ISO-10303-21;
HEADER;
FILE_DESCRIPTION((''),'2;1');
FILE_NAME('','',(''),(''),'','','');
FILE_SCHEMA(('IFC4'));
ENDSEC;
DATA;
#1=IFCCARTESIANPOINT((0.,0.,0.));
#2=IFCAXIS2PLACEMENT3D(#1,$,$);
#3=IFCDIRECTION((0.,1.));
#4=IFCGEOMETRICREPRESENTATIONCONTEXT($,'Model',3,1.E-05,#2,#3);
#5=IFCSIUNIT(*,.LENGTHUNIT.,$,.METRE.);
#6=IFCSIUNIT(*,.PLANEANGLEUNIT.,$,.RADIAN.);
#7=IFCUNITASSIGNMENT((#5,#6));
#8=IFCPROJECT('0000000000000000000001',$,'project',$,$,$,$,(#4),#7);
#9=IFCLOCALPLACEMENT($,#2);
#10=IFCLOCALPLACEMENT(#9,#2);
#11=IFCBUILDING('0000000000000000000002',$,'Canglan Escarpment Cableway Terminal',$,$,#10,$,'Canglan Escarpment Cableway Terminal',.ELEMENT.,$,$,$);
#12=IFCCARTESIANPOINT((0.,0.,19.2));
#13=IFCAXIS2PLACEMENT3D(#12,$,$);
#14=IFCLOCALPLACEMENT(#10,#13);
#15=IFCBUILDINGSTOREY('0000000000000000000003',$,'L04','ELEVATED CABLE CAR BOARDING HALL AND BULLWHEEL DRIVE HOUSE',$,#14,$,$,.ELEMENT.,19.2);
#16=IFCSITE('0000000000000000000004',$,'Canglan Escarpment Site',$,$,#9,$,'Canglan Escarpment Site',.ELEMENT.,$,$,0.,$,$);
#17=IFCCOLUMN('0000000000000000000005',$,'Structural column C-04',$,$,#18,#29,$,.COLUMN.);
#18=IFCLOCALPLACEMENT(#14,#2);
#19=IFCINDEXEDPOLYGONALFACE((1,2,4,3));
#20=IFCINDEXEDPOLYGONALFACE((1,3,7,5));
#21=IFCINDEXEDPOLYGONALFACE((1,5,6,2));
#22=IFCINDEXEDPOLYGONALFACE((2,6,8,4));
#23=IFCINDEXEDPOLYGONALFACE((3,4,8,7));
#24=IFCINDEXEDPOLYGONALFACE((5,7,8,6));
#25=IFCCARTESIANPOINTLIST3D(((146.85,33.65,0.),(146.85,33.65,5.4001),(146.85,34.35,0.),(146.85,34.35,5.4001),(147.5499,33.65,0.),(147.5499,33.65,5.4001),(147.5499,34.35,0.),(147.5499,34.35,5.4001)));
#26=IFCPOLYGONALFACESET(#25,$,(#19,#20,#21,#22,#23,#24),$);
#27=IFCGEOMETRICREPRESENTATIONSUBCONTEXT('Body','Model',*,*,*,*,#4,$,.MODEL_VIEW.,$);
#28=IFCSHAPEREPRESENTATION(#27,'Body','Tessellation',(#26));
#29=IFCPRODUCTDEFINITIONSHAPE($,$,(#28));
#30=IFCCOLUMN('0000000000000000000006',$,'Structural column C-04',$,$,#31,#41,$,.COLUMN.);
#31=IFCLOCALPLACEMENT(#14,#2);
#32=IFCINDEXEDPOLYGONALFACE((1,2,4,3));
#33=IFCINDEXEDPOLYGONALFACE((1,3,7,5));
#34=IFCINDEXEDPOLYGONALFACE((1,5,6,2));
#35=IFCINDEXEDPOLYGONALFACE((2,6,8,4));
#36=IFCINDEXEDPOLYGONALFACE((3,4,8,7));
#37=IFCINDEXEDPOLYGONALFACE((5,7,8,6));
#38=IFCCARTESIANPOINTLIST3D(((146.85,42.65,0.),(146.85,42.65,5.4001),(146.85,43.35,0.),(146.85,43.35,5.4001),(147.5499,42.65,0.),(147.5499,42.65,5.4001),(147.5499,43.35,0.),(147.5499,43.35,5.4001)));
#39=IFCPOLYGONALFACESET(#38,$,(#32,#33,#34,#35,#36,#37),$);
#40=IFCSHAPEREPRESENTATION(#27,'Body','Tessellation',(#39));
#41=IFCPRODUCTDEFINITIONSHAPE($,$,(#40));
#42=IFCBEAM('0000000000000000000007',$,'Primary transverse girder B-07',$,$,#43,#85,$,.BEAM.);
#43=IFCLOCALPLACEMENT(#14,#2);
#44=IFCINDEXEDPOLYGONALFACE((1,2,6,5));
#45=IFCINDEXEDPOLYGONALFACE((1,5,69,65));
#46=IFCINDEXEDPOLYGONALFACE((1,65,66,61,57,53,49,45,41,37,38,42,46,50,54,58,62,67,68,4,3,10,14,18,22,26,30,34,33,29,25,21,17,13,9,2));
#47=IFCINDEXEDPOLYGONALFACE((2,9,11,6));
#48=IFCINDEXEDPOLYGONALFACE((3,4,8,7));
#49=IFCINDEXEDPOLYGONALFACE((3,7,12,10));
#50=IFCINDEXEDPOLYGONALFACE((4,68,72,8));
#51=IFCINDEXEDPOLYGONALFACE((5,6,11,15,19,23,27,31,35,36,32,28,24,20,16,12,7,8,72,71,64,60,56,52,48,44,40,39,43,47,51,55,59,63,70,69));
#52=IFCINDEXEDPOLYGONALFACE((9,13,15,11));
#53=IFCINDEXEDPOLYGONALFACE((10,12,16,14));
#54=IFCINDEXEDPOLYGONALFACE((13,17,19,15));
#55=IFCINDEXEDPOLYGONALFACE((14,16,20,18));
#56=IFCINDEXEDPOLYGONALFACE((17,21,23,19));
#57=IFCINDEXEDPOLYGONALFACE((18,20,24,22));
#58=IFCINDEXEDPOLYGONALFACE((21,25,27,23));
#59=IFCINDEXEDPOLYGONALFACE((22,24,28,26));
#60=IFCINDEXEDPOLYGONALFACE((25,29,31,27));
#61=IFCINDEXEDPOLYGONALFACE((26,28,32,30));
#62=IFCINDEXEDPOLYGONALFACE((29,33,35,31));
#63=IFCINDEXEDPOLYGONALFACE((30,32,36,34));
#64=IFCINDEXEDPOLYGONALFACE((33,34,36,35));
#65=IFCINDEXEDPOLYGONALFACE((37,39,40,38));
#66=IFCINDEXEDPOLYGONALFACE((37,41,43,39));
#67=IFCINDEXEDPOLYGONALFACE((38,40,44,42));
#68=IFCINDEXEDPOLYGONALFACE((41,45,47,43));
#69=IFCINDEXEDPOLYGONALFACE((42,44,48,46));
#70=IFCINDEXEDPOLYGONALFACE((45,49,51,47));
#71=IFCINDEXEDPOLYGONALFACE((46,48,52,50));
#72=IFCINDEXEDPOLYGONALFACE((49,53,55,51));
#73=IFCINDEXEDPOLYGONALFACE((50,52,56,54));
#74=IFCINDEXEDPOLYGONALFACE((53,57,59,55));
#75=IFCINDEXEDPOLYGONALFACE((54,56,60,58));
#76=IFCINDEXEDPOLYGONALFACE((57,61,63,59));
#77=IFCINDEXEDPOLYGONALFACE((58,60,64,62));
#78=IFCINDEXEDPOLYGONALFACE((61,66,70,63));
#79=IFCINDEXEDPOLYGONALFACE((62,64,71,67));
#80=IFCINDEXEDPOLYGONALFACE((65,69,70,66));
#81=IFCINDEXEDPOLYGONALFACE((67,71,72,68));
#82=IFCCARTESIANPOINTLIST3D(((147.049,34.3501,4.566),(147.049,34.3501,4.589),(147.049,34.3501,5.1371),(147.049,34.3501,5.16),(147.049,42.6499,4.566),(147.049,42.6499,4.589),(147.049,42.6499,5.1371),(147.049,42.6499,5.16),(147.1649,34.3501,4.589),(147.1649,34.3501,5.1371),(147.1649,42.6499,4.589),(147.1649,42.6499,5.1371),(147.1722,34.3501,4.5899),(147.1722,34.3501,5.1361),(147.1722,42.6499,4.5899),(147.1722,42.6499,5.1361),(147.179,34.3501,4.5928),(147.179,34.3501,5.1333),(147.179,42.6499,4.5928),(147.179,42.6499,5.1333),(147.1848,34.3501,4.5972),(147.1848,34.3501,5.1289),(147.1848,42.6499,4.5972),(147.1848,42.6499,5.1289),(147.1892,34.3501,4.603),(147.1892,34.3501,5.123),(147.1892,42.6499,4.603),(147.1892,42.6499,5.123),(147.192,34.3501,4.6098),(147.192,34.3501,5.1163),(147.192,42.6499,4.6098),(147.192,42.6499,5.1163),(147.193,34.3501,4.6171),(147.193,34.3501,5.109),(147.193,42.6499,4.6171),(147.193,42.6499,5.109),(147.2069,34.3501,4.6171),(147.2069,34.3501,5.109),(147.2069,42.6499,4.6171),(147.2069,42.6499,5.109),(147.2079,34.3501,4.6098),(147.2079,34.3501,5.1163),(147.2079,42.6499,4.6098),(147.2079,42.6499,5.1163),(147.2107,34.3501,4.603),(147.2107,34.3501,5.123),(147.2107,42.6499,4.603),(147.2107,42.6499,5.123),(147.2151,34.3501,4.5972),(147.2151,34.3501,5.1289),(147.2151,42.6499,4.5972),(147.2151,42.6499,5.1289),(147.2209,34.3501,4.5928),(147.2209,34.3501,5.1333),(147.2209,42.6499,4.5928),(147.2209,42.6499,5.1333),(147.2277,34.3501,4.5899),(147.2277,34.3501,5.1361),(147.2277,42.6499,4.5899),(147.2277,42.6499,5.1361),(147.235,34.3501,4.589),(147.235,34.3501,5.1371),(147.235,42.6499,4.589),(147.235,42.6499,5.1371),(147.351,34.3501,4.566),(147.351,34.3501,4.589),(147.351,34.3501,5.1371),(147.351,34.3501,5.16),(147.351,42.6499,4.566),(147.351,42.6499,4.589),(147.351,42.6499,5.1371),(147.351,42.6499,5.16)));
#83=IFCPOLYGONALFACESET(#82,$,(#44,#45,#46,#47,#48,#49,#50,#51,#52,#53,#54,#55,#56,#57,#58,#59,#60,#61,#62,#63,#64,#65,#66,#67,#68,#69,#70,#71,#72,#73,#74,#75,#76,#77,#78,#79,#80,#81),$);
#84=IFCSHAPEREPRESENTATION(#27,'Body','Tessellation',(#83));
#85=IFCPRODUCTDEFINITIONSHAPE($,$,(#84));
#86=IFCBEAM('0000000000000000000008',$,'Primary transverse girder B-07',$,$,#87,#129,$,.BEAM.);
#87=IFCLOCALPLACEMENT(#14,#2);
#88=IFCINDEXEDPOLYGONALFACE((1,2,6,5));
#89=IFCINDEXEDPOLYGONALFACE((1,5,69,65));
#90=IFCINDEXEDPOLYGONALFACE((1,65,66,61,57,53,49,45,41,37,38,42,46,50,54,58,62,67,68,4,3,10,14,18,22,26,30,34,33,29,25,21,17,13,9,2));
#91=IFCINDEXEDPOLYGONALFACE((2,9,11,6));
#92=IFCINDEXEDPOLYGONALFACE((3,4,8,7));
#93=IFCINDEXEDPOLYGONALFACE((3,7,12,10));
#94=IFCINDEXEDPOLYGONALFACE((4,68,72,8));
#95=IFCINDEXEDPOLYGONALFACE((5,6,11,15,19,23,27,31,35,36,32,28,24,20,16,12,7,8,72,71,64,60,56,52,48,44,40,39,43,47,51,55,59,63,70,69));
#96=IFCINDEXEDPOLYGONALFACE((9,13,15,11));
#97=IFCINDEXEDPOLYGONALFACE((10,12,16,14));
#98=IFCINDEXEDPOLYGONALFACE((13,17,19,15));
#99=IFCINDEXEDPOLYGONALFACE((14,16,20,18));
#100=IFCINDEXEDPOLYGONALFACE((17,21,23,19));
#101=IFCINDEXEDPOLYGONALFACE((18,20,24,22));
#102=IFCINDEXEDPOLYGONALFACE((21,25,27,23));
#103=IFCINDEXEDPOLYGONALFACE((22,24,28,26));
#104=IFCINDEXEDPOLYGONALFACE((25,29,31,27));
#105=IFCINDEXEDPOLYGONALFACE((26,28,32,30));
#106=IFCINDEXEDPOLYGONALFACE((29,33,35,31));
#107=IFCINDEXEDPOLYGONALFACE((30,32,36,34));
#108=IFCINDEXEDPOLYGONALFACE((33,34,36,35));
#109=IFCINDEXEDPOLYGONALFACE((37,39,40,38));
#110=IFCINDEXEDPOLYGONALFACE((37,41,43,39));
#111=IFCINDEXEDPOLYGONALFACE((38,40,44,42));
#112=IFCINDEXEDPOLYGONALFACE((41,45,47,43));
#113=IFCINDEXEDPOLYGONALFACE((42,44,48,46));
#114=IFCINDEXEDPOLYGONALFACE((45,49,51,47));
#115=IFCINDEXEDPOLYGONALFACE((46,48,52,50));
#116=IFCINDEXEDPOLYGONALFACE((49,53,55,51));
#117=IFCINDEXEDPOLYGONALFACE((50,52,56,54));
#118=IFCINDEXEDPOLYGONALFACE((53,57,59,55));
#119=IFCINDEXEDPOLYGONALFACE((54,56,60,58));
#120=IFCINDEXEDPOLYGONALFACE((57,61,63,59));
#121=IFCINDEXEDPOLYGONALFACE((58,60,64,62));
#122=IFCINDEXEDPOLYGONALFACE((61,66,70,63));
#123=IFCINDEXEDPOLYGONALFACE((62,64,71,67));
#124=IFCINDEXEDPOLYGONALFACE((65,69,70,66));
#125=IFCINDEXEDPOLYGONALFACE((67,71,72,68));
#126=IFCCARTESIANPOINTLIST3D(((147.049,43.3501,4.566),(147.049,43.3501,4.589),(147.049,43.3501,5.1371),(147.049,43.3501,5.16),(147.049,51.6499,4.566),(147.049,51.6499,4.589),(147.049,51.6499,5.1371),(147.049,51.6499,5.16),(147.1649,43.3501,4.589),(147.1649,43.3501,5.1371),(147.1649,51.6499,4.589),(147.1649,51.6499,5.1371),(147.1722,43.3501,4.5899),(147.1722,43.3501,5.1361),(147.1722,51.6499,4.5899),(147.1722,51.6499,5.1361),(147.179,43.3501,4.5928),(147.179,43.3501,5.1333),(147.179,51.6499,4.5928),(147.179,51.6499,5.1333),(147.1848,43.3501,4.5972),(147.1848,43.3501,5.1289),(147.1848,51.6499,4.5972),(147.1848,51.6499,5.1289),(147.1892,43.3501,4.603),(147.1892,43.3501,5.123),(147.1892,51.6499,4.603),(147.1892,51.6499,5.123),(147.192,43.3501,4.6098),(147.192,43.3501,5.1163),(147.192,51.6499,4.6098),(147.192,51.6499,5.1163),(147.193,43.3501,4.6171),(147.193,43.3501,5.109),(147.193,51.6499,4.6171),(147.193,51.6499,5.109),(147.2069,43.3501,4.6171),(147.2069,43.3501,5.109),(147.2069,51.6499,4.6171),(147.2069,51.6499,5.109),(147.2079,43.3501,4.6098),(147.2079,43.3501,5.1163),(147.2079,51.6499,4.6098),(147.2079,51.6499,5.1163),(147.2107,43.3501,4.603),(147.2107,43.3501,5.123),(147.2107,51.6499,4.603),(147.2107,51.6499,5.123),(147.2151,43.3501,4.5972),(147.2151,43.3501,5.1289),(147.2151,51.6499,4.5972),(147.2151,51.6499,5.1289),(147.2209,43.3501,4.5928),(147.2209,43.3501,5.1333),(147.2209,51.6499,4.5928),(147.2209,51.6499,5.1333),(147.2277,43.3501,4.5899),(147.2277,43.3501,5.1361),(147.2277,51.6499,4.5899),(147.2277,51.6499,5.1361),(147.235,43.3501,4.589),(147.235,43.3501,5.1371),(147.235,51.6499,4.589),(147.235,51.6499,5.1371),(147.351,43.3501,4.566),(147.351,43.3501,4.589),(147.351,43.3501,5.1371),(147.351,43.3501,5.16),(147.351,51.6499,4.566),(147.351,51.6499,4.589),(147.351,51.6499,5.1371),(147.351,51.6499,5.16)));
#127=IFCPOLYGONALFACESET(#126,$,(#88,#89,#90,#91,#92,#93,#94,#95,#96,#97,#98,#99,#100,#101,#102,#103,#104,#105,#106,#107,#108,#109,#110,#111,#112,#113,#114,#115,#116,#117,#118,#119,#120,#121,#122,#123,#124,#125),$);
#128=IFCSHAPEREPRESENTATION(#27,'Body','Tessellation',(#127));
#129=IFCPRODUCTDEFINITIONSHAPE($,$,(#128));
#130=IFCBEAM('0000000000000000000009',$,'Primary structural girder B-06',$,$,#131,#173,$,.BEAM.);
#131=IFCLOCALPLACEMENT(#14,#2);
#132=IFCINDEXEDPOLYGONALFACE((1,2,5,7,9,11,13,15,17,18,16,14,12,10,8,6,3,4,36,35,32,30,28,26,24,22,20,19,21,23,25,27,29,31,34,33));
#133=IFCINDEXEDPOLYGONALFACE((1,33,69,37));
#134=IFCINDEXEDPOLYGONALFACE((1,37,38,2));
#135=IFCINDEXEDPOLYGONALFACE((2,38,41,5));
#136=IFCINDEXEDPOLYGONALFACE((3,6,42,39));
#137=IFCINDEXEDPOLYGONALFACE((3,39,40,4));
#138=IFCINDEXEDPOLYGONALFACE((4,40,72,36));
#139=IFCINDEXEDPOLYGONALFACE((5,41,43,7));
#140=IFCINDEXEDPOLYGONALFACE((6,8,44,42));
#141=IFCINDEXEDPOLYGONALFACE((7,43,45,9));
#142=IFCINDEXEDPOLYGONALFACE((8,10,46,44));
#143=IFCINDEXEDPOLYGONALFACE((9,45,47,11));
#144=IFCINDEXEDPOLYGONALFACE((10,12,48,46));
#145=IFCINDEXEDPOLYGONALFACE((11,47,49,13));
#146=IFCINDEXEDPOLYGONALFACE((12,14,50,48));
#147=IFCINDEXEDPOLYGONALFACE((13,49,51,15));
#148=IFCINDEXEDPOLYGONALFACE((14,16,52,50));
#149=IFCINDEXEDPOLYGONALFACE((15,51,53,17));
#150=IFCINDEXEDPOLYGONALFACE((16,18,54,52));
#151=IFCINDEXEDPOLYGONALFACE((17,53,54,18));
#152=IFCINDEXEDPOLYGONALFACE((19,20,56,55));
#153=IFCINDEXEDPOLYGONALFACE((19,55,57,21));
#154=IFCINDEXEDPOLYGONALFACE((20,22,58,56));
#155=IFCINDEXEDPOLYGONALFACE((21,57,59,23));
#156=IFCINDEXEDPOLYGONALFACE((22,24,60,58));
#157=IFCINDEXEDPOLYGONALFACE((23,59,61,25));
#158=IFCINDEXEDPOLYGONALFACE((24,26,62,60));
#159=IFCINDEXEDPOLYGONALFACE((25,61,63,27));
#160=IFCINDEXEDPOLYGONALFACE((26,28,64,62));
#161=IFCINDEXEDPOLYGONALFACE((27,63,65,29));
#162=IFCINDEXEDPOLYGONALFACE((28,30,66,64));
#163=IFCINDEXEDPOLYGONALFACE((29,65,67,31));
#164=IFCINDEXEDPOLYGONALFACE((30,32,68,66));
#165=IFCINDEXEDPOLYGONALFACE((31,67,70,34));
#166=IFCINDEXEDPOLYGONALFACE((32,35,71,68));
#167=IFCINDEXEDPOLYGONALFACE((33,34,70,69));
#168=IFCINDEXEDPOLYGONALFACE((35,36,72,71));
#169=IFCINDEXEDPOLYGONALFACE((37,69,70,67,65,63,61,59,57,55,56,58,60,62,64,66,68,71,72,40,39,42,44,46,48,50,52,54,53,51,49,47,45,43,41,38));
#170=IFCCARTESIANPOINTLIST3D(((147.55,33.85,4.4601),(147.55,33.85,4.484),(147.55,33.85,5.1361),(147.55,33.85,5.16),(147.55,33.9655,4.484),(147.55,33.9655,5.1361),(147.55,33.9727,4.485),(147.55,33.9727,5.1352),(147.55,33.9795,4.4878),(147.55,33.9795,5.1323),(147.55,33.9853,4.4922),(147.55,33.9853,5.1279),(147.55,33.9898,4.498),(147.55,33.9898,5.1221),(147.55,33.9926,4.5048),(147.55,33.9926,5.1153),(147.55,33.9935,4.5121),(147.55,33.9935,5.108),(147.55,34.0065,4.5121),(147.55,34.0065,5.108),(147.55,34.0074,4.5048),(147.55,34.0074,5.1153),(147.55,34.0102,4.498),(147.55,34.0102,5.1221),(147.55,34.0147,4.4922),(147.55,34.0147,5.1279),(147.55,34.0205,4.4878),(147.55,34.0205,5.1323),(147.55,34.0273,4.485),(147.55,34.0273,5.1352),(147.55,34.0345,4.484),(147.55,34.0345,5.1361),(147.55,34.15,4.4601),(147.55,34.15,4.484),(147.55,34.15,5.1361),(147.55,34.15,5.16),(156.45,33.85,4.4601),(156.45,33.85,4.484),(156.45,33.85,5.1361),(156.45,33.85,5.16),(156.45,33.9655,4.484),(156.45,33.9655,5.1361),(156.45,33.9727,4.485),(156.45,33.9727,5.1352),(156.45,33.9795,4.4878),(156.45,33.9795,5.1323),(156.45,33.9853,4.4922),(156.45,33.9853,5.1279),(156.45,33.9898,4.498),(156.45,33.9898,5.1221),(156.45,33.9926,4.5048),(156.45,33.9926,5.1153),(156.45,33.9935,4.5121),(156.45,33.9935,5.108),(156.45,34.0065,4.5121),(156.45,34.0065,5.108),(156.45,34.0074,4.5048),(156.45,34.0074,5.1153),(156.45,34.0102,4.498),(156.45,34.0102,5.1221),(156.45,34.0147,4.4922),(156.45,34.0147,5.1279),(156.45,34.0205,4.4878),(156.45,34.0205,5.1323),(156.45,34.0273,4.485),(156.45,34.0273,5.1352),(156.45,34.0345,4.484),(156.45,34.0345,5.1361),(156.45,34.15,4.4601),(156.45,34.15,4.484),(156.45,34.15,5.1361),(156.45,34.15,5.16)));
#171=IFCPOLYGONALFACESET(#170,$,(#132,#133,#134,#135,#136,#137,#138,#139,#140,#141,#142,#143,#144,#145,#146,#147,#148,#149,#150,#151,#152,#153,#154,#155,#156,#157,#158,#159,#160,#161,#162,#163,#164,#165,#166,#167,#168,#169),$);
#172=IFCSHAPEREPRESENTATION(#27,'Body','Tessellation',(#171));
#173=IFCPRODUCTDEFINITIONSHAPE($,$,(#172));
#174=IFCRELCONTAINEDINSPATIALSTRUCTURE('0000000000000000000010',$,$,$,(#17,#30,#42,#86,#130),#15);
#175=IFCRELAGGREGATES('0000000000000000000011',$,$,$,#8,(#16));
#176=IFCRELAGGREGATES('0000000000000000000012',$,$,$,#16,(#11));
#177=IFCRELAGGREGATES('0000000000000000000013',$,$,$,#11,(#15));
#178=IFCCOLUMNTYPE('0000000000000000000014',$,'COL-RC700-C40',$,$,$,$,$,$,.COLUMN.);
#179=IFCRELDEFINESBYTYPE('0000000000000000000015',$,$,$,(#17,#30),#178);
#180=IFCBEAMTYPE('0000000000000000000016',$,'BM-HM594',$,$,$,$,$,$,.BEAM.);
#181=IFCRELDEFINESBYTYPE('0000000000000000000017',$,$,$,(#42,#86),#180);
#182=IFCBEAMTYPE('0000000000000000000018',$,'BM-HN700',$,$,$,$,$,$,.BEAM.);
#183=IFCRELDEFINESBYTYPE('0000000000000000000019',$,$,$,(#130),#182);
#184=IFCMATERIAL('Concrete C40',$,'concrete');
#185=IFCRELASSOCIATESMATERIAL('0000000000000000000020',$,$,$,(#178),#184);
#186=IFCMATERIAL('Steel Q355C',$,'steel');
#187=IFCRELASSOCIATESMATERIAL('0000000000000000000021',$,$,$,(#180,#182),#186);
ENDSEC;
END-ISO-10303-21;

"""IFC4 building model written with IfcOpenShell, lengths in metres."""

from ifc_helpers import new_model, si_unit, direction, frame, origin, origin_2d, place, context, subcontext, project, spatial, rectangle, i_section, extrude, material, material_profile, profile_set, type_object, element, save


model = new_model("IFC4")

# Units and contexts
model_context = context("Model", 3, precision=1e-05, world=origin(), true_north=direction((0.0, 1.0)))
body_context = subcontext(model_context, "Body", "Model", "MODEL_VIEW")
ifc_project = project(units=[si_unit("LENGTHUNIT", "METRE"), si_unit("PLANEANGLEUNIT", "RADIAN")], contexts=[model_context])

# Site, building, storey
site_placement = place(None, origin())
site = spatial("IfcSite", under=ifc_project, at=site_placement, Name="Canglan Escarpment Site", LongName="Canglan Escarpment Site", CompositionType="ELEMENT", RefElevation=0.0)
building_placement = place(site_placement, origin())
building = spatial("IfcBuilding", under=site, at=building_placement, Name="Canglan Escarpment Cableway Terminal", LongName="Canglan Escarpment Cableway Terminal", CompositionType="ELEMENT")
storey_placement = place(building_placement, frame((0.0, 0.0, 19.2)))
storey = spatial("IfcBuildingStorey", under=building, at=storey_placement, Name="L04", Description="ELEVATED CABLE CAR BOARDING HALL AND BULLWHEEL DRIVE HOUSE", CompositionType="ELEMENT", Elevation=19.2)

# Columns
ifc_material_1 = material(Name="Concrete C40", Category="concrete")
ifc_material_profile_1 = material_profile(ifc_material_1, rectangle(XDim=0.7, YDim=0.7, at=origin_2d()), Name="RC 700x700")
ifc_profile_set_1 = profile_set([ifc_material_profile_1], Name="Concrete C40")
column_type = type_object("IfcColumnType", Name="COL-RC700-C40", PredefinedType="COLUMN", material=ifc_profile_set_1)
for number, where, z_axis, x_axis, name in (
    (1, (147.2, 34.0, 0.0), (0.0, 0.0, 1.0), (1.0, 0.0, 0.0), "Structural column C-04"),
    (2, (147.2, 43.0, 0.0), (0.0, 0.0, 1.0), (1.0, 0.0, 0.0), "Structural column C-04"),
):
    element("IfcColumn", number, at=place(storey_placement, frame(where, z_axis=z_axis, x_axis=x_axis)), inside=storey, type_object=column_type, Name=name, PredefinedType="COLUMN", context=body_context, shape_type="SweptSolid", body=[
        extrude(rectangle(XDim=0.7, YDim=0.7, at=origin_2d()), origin(), (0.0, 0.0, 1.0), 5.4001),
    ])

# Beams
ifc_material_2 = material(Name="Steel Q355C", Category="steel")
ifc_material_profile_2 = material_profile(ifc_material_2, i_section(OverallWidth=0.302, OverallDepth=0.594, WebThickness=0.0139, FlangeThickness=0.0229, FilletRadius=0.0281, at=origin_2d()), Name="HM 594x302x14x23")
ifc_profile_set_2 = profile_set([ifc_material_profile_2], Name="Steel Q355C")
beam_type_1 = type_object("IfcBeamType", Name="BM-HM594", PredefinedType="BEAM", material=ifc_profile_set_2)
for number, where, z_axis, x_axis, name in (
    (3, (147.2, 34.3501, 4.863), (0.0, 1.0, 0.0), (-1.0, 0.0, 0.0), "Primary transverse girder B-07"),
    (4, (147.2, 43.3501, 4.863), (0.0, 1.0, 0.0), (-1.0, 0.0, 0.0), "Primary transverse girder B-07"),
):
    element("IfcBeam", number, at=place(storey_placement, frame(where, z_axis=z_axis, x_axis=x_axis)), inside=storey, type_object=beam_type_1, Name=name, PredefinedType="BEAM", context=body_context, shape_type="SweptSolid", body=[
        extrude(i_section(OverallWidth=0.302, OverallDepth=0.594, WebThickness=0.0139, FlangeThickness=0.0229, FilletRadius=0.0281, at=origin_2d()), origin(), (0.0, 0.0, 1.0), 8.2998),
    ])
ifc_material_profile_3 = material_profile(ifc_material_2, i_section(OverallWidth=0.3, OverallDepth=0.7, WebThickness=0.0129, FlangeThickness=0.0239, FilletRadius=0.0281, at=origin_2d()), Name="HN 700x300x13x24")
ifc_profile_set_3 = profile_set([ifc_material_profile_3], Name="Steel Q355C")
beam_type_2 = type_object("IfcBeamType", Name="BM-HN700", PredefinedType="BEAM", material=ifc_profile_set_3)
beam_1_placement = place(storey_placement, frame((147.55, 34.0, 4.8101), z_axis=(1.0, 0.0, 0.0), x_axis=(0.0, 1.0, 0.0)))
element("IfcBeam", 5, at=beam_1_placement, inside=storey, type_object=beam_type_2, Name="Primary structural girder B-06", PredefinedType="BEAM", context=body_context, shape_type="SweptSolid", body=[
    extrude(i_section(OverallWidth=0.3, OverallDepth=0.7, WebThickness=0.0129, FlangeThickness=0.0239, FilletRadius=0.0281, at=origin_2d()), origin(), (0.0, 0.0, 1.0), 8.8999),
])

save(model, "model.ifc")
